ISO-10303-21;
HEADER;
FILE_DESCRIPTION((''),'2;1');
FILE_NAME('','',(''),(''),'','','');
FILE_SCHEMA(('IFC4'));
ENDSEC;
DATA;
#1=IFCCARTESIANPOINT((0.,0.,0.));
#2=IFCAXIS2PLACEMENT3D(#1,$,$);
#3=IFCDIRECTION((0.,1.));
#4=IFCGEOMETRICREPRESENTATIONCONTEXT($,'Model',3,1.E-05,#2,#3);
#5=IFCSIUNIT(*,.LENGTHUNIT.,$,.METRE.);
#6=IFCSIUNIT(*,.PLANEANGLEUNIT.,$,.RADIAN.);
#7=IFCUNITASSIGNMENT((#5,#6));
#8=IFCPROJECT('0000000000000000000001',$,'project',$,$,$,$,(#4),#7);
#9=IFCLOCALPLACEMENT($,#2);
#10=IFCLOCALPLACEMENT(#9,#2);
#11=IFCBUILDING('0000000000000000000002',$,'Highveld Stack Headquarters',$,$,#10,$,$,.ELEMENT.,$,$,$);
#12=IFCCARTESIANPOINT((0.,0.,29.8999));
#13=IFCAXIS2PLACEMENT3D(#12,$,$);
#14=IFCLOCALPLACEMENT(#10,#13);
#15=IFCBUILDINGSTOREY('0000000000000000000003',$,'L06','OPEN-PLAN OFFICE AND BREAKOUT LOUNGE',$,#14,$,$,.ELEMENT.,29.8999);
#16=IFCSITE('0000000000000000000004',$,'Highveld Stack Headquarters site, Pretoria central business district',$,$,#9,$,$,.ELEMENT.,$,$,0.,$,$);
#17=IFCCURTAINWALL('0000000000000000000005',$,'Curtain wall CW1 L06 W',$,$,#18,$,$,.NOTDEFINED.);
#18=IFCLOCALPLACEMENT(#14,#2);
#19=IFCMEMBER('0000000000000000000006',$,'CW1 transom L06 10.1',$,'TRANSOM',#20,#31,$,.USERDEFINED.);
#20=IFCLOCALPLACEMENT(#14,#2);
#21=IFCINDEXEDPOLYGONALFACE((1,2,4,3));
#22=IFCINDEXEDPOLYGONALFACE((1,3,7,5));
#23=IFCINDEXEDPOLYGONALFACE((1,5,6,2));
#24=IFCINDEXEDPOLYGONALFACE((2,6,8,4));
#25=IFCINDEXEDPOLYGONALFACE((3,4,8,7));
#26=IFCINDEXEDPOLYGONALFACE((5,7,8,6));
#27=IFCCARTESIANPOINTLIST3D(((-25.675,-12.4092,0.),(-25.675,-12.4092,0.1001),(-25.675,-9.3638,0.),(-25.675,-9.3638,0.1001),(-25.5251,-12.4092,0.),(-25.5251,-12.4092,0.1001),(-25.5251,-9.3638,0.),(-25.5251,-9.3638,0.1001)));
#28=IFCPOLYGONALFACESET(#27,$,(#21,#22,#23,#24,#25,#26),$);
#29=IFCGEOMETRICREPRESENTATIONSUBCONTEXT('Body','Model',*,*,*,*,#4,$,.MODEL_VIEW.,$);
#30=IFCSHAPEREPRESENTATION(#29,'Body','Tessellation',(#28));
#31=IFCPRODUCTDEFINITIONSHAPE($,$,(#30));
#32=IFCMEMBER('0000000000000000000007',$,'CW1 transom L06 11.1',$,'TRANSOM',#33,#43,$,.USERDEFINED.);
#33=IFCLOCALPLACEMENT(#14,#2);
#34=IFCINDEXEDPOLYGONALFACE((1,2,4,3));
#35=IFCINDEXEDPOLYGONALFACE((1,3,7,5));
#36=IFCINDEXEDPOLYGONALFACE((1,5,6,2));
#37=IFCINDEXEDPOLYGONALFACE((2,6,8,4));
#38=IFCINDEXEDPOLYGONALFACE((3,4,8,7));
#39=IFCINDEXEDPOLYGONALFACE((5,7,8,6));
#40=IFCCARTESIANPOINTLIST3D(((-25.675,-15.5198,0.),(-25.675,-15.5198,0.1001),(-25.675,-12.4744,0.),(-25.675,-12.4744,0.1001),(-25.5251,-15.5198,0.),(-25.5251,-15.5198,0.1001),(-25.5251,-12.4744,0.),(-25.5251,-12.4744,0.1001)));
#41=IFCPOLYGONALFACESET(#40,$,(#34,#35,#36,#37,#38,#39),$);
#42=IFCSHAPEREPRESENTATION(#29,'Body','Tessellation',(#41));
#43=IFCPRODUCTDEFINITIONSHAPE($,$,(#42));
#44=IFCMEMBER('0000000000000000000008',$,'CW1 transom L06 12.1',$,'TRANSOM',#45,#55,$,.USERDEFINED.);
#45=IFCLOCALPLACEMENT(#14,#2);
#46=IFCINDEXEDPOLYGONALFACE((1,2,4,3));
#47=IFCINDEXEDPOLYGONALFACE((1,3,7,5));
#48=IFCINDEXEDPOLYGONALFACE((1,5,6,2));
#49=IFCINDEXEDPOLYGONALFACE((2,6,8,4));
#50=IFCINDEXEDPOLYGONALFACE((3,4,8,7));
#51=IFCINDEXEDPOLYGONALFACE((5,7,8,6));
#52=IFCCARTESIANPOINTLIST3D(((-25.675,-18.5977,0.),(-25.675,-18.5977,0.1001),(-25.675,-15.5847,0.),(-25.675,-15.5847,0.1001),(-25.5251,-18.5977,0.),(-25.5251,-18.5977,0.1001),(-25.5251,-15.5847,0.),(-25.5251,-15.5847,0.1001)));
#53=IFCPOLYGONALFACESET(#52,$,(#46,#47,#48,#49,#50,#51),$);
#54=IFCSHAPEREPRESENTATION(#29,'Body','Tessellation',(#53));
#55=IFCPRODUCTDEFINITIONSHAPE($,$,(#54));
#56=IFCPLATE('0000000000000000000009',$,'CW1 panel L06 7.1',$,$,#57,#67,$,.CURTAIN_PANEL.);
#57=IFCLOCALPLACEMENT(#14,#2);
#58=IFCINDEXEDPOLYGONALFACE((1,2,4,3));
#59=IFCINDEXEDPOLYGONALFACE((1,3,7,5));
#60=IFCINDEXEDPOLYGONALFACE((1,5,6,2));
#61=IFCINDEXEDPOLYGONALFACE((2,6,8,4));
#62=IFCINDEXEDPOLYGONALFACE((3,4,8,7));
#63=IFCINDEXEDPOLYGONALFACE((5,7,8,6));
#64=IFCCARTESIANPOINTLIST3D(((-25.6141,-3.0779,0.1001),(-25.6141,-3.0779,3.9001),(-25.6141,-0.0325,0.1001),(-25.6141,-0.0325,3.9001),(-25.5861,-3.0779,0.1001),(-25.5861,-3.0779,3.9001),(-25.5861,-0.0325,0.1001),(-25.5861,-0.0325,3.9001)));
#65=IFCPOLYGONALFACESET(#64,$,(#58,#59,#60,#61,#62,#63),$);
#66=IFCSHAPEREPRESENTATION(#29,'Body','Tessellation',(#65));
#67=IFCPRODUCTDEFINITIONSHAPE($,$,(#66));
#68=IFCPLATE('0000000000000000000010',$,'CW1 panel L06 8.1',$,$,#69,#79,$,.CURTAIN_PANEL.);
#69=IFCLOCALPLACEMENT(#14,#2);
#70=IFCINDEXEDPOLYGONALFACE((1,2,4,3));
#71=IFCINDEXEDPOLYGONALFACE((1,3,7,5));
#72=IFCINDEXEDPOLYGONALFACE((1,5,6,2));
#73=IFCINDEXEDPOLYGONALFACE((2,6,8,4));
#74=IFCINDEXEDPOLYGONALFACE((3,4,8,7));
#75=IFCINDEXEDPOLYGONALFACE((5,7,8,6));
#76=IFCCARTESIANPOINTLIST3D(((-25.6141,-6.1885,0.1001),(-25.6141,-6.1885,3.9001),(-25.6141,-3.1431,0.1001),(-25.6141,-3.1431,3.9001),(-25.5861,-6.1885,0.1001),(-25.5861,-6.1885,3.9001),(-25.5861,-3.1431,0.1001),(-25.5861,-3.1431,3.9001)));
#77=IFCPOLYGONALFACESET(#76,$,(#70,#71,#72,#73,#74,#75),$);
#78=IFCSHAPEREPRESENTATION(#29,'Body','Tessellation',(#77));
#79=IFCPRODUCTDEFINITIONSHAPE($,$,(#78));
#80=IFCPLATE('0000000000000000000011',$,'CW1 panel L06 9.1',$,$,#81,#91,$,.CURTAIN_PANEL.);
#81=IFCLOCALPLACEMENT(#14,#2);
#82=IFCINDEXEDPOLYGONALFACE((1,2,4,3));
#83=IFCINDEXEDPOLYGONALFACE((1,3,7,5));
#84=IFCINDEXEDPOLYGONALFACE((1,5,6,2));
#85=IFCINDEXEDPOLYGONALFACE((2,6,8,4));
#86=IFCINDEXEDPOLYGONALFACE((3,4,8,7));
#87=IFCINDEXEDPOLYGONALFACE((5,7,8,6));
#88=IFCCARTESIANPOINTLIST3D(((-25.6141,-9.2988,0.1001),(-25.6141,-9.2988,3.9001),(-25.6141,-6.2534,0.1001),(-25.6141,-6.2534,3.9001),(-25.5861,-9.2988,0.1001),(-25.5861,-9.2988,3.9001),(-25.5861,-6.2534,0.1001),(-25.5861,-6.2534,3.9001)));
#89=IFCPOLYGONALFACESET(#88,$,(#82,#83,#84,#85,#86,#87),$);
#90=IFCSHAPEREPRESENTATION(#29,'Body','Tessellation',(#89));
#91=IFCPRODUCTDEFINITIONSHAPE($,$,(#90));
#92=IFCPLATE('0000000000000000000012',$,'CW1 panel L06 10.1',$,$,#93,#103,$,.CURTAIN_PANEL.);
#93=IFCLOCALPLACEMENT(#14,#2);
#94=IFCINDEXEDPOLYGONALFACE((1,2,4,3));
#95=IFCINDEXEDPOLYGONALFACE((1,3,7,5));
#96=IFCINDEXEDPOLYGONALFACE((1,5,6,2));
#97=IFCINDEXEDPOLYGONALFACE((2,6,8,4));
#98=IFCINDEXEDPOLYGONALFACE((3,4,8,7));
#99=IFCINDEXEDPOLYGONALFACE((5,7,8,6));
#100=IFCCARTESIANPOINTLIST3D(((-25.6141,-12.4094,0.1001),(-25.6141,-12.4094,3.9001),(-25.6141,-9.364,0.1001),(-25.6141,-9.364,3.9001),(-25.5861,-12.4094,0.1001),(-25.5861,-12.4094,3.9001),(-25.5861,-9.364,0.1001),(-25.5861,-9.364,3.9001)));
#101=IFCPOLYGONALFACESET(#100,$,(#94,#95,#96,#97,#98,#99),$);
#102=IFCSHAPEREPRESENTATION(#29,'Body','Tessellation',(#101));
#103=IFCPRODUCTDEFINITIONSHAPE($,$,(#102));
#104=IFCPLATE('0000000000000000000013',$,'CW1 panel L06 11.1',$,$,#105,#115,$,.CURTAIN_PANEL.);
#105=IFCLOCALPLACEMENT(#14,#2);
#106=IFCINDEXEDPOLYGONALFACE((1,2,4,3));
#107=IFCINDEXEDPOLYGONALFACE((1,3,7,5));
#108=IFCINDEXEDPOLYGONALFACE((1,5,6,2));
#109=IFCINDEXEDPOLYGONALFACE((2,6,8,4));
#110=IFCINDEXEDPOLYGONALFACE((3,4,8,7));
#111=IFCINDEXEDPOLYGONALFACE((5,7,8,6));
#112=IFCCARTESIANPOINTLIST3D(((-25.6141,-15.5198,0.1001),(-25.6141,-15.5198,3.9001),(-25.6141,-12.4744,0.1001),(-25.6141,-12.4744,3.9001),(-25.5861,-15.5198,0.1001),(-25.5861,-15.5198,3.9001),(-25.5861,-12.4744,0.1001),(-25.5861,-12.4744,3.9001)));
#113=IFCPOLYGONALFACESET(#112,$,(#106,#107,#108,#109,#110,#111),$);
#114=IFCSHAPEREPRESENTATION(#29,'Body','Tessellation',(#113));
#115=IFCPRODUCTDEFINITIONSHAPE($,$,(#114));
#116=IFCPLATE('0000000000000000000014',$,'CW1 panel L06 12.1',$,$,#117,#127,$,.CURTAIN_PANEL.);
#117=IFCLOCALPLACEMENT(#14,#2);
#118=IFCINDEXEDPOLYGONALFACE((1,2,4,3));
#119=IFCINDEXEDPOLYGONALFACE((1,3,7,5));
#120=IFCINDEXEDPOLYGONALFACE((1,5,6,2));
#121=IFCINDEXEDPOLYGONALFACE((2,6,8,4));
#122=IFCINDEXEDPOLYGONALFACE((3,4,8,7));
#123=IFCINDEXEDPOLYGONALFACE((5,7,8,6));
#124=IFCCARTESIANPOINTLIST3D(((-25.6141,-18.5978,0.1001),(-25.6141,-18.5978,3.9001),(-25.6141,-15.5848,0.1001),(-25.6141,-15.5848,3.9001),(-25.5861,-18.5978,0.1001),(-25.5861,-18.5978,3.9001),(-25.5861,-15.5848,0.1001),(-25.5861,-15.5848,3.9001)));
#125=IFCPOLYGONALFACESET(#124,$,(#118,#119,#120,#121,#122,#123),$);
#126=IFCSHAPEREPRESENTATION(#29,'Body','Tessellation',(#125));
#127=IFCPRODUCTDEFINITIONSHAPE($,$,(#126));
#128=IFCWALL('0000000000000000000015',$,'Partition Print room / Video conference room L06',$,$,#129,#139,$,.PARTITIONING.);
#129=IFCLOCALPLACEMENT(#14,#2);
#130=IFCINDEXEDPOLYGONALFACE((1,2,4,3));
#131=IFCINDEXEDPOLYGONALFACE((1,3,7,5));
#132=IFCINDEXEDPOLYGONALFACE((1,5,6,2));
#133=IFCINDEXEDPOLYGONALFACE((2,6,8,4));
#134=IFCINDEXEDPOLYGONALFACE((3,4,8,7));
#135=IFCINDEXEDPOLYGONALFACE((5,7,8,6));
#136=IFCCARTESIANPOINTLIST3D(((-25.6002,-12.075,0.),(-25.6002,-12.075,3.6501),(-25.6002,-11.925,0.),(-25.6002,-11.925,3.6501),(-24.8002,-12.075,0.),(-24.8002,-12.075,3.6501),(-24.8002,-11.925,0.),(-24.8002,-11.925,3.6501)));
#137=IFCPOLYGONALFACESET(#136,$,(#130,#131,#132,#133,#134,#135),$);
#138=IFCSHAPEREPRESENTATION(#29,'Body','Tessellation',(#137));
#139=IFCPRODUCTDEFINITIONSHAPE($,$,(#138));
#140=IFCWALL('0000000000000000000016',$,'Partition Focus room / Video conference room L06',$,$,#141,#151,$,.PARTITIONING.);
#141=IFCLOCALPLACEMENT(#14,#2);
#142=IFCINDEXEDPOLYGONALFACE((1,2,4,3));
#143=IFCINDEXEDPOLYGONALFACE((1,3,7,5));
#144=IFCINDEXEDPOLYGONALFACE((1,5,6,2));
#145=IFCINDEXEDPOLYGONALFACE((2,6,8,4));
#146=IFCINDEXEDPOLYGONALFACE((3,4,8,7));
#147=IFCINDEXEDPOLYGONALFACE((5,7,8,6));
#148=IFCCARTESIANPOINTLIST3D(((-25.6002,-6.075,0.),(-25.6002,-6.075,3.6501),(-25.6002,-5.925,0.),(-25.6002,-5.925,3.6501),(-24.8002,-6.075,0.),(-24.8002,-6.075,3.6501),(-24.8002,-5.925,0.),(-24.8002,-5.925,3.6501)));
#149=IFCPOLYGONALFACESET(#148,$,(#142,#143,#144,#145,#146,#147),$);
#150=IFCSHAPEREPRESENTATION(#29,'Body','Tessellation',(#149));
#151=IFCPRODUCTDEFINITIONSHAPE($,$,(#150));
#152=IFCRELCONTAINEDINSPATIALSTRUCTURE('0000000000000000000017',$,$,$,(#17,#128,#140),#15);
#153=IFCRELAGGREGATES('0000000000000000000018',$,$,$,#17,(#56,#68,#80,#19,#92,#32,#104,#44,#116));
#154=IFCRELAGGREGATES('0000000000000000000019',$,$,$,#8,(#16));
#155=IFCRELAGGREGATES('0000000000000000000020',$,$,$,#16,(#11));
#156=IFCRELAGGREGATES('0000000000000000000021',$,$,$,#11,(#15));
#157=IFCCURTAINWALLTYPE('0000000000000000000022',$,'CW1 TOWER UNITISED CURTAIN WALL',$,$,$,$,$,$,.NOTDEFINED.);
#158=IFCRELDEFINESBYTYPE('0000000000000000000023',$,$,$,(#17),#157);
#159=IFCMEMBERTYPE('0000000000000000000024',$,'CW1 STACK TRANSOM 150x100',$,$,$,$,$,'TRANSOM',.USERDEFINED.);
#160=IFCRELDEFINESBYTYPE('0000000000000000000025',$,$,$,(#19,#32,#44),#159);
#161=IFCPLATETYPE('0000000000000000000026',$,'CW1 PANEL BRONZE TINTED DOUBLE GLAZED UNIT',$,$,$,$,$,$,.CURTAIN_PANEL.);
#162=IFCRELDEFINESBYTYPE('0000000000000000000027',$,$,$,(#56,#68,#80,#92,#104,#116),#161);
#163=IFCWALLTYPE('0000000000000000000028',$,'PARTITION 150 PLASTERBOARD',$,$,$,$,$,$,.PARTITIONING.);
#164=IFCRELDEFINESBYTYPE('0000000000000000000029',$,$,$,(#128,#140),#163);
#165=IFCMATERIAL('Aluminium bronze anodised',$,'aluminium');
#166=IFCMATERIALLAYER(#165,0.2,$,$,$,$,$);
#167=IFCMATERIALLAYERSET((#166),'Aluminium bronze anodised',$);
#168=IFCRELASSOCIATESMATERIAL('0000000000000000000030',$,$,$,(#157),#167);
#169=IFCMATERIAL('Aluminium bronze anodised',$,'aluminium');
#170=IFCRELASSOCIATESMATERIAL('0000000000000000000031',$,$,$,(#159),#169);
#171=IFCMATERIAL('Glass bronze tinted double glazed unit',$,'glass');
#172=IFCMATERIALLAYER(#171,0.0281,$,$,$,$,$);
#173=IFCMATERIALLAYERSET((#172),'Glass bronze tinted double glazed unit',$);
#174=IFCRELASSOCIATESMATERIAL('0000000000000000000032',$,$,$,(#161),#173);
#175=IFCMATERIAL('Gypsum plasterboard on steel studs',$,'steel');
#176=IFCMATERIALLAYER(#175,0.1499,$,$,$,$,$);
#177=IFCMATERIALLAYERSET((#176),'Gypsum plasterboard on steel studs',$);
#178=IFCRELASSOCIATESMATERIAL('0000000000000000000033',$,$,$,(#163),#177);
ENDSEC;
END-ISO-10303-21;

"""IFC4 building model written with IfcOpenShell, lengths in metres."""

from ifc_helpers import new_model, si_unit, direction, frame, frame_2d, origin, origin_2d, place, context, subcontext, project, spatial, rectangle, extrude, material, layer, layer_set, material_profile, profile_set, type_object, element, aggregate, save


model = new_model("IFC4")

# Units and contexts
model_context = context("Model", 3, precision=1e-05, world=origin(), true_north=direction((0.0, 1.0)))
body_context = subcontext(model_context, "Body", "Model", "MODEL_VIEW")
ifc_project = project(units=[si_unit("LENGTHUNIT", "METRE"), si_unit("PLANEANGLEUNIT", "RADIAN")], contexts=[model_context])

# Site, building, storey
site_placement = place(None, origin())
site = spatial("IfcSite", under=ifc_project, at=site_placement, Name="Highveld Stack Headquarters site, Pretoria central business district", CompositionType="ELEMENT", RefElevation=0.0)
building_placement = place(site_placement, origin())
building = spatial("IfcBuilding", under=site, at=building_placement, Name="Highveld Stack Headquarters", CompositionType="ELEMENT")
storey_placement = place(building_placement, frame((0.0, 0.0, 29.8999)))
storey = spatial("IfcBuildingStorey", under=building, at=storey_placement, Name="L06", Description="OPEN-PLAN OFFICE AND BREAKOUT LOUNGE", CompositionType="ELEMENT", Elevation=29.8999)

# Curtain wall, members, plates
ifc_material_1 = material(Name="Aluminium bronze anodised", Category="aluminium")
ifc_layer_1 = layer(ifc_material_1, 0.2)
ifc_layer_set_1 = layer_set([ifc_layer_1], Name="Aluminium bronze anodised")
curtain_wall_type = type_object("IfcCurtainWallType", Name="CW1 TOWER UNITISED CURTAIN WALL", PredefinedType="NOTDEFINED", material=ifc_layer_set_1)
curtain_wall_placement = place(storey_placement, origin())
curtain_wall = element("IfcCurtainWall", 1, at=curtain_wall_placement, inside=storey, type_object=curtain_wall_type, Name="Curtain wall CW1 L06 W", PredefinedType="NOTDEFINED")
ifc_material_2 = material(Name="Aluminium bronze anodised", Category="aluminium")
ifc_material_profile_1 = material_profile(ifc_material_2, rectangle(XDim=0.1499, YDim=0.1001, at=origin_2d()), Name="CW1 TRANSOM 150x100")
ifc_profile_set_1 = profile_set([ifc_material_profile_1], Name="Aluminium bronze anodised")
member_type_1 = type_object("IfcMemberType", Name="CW1 STACK TRANSOM 150x100", ElementType="TRANSOM", PredefinedType="USERDEFINED", material=ifc_profile_set_1)
member_1_placement = place(storey_placement, frame((-25.6001, -9.3638, 0.05), z_axis=(0.0, -1.0, 0.0), x_axis=(1.0, 0.0, 0.0)))
member_1 = element("IfcMember", 2, at=member_1_placement, type_object=member_type_1, Name="CW1 transom L06 10.1", ObjectType="TRANSOM", PredefinedType="USERDEFINED", context=body_context, shape_type="SweptSolid", body=[
    extrude(rectangle(XDim=0.1499, YDim=0.1001, at=origin_2d()), origin(), (0.0, 0.0, 1.0), 3.0454),
])
member_2_placement = place(storey_placement, frame((-25.6001, -12.4744, 0.05), z_axis=(0.0, -1.0, 0.0), x_axis=(1.0, 0.0, 0.0)))
member_2 = element("IfcMember", 3, at=member_2_placement, type_object=member_type_1, Name="CW1 transom L06 11.1", ObjectType="TRANSOM", PredefinedType="USERDEFINED", context=body_context, shape_type="SweptSolid", body=[
    extrude(rectangle(XDim=0.1499, YDim=0.1001, at=origin_2d()), origin(), (0.0, 0.0, 1.0), 3.0454),
])
member_3_placement = place(storey_placement, frame((-25.6001, -15.5847, 0.05), z_axis=(0.0, -1.0, 0.0), x_axis=(1.0, 0.0, 0.0)))
member_3 = element("IfcMember", 4, at=member_3_placement, type_object=member_type_1, Name="CW1 transom L06 12.1", ObjectType="TRANSOM", PredefinedType="USERDEFINED", context=body_context, shape_type="SweptSolid", body=[
    extrude(rectangle(XDim=0.1499, YDim=0.1001, at=origin_2d()), origin(), (0.0, 0.0, 1.0), 3.0129),
])
ifc_material_3 = material(Name="Glass bronze tinted double glazed unit", Category="glass")
ifc_layer_2 = layer(ifc_material_3, 0.0281)
ifc_layer_set_2 = layer_set([ifc_layer_2], Name="Glass bronze tinted double glazed unit")
plate_type = type_object("IfcPlateType", Name="CW1 PANEL BRONZE TINTED DOUBLE GLAZED UNIT", PredefinedType="CURTAIN_PANEL", material=ifc_layer_set_2)
plate_1_placement = place(storey_placement, frame((-25.6001, -1.5552, 0.1001), z_axis=(0.0, 0.0, 1.0), x_axis=(0.0, -1.0, 0.0)))
plate_1 = element("IfcPlate", 5, at=plate_1_placement, type_object=plate_type, Name="CW1 panel L06 7.1", PredefinedType="CURTAIN_PANEL", context=body_context, shape_type="SweptSolid", body=[
    extrude(rectangle(XDim=3.0454, YDim=0.0281, at=origin_2d()), origin(), (0.0, 0.0, 1.0), 3.8),
])
plate_2_placement = place(storey_placement, frame((-25.6001, -4.6658, 0.1001), z_axis=(0.0, 0.0, 1.0), x_axis=(0.0, -1.0, 0.0)))
plate_2 = element("IfcPlate", 6, at=plate_2_placement, type_object=plate_type, Name="CW1 panel L06 8.1", PredefinedType="CURTAIN_PANEL", context=body_context, shape_type="SweptSolid", body=[
    extrude(rectangle(XDim=3.0454, YDim=0.0281, at=origin_2d()), origin(), (0.0, 0.0, 1.0), 3.8),
])
plate_3_placement = place(storey_placement, frame((-25.6001, -7.7761, 0.1001), z_axis=(0.0, 0.0, 1.0), x_axis=(0.0, -1.0, 0.0)))
plate_3 = element("IfcPlate", 7, at=plate_3_placement, type_object=plate_type, Name="CW1 panel L06 9.1", PredefinedType="CURTAIN_PANEL", context=body_context, shape_type="SweptSolid", body=[
    extrude(rectangle(XDim=3.0454, YDim=0.0281, at=origin_2d()), origin(), (0.0, 0.0, 1.0), 3.8),
])
plate_4_placement = place(storey_placement, frame((-25.6001, -10.8867, 0.1001), z_axis=(0.0, 0.0, 1.0), x_axis=(0.0, -1.0, 0.0)))
plate_4 = element("IfcPlate", 8, at=plate_4_placement, type_object=plate_type, Name="CW1 panel L06 10.1", PredefinedType="CURTAIN_PANEL", context=body_context, shape_type="SweptSolid", body=[
    extrude(rectangle(XDim=3.0454, YDim=0.0281, at=origin_2d()), origin(), (0.0, 0.0, 1.0), 3.8),
])
plate_5_placement = place(storey_placement, frame((-25.6001, -13.9971, 0.1001), z_axis=(0.0, 0.0, 1.0), x_axis=(0.0, -1.0, 0.0)))
plate_5 = element("IfcPlate", 9, at=plate_5_placement, type_object=plate_type, Name="CW1 panel L06 11.1", PredefinedType="CURTAIN_PANEL", context=body_context, shape_type="SweptSolid", body=[
    extrude(rectangle(XDim=3.0454, YDim=0.0281, at=origin_2d()), origin(), (0.0, 0.0, 1.0), 3.8),
])
plate_6_placement = place(storey_placement, frame((-25.6001, -17.0913, 0.1001), z_axis=(0.0, 0.0, 1.0), x_axis=(0.0, -1.0, 0.0)))
plate_6 = element("IfcPlate", 10, at=plate_6_placement, type_object=plate_type, Name="CW1 panel L06 12.1", PredefinedType="CURTAIN_PANEL", context=body_context, shape_type="SweptSolid", body=[
    extrude(rectangle(XDim=3.0129, YDim=0.0281, at=origin_2d()), origin(), (0.0, 0.0, 1.0), 3.8),
])
aggregate(curtain_wall, [plate_1, plate_2, plate_3, member_1, plate_4, member_2, plate_5, member_3, plate_6])

# Walls
ifc_material_4 = material(Name="Gypsum plasterboard on steel studs", Category="steel")
ifc_layer_3 = layer(ifc_material_4, 0.1499)
ifc_layer_set_3 = layer_set([ifc_layer_3], Name="Gypsum plasterboard on steel studs")
wall_type = type_object("IfcWallType", Name="PARTITION 150 PLASTERBOARD", PredefinedType="PARTITIONING", material=ifc_layer_set_3)
for number, where, z_axis, x_axis, name in (
    (11, (-25.6001, -12.0, 0.0), (0.0, 0.0, 1.0), (1.0, 0.0, 0.0), "Partition Print room / Video conference room L06"),
    (12, (-25.6001, -6.0, 0.0), (0.0, 0.0, 1.0), (1.0, 0.0, 0.0), "Partition Focus room / Video conference room L06"),
):
    element("IfcWall", number, at=place(storey_placement, frame(where, z_axis=z_axis, x_axis=x_axis)), inside=storey, type_object=wall_type, Name=name, PredefinedType="PARTITIONING", context=body_context, shape_type="SweptSolid", body=[
        extrude(rectangle(XDim=0.8, YDim=0.1499, at=frame_2d((0.3999, 0.0))), origin(), (0.0, 0.0, 1.0), 3.6501),
    ])

save(model, "model.ifc")
